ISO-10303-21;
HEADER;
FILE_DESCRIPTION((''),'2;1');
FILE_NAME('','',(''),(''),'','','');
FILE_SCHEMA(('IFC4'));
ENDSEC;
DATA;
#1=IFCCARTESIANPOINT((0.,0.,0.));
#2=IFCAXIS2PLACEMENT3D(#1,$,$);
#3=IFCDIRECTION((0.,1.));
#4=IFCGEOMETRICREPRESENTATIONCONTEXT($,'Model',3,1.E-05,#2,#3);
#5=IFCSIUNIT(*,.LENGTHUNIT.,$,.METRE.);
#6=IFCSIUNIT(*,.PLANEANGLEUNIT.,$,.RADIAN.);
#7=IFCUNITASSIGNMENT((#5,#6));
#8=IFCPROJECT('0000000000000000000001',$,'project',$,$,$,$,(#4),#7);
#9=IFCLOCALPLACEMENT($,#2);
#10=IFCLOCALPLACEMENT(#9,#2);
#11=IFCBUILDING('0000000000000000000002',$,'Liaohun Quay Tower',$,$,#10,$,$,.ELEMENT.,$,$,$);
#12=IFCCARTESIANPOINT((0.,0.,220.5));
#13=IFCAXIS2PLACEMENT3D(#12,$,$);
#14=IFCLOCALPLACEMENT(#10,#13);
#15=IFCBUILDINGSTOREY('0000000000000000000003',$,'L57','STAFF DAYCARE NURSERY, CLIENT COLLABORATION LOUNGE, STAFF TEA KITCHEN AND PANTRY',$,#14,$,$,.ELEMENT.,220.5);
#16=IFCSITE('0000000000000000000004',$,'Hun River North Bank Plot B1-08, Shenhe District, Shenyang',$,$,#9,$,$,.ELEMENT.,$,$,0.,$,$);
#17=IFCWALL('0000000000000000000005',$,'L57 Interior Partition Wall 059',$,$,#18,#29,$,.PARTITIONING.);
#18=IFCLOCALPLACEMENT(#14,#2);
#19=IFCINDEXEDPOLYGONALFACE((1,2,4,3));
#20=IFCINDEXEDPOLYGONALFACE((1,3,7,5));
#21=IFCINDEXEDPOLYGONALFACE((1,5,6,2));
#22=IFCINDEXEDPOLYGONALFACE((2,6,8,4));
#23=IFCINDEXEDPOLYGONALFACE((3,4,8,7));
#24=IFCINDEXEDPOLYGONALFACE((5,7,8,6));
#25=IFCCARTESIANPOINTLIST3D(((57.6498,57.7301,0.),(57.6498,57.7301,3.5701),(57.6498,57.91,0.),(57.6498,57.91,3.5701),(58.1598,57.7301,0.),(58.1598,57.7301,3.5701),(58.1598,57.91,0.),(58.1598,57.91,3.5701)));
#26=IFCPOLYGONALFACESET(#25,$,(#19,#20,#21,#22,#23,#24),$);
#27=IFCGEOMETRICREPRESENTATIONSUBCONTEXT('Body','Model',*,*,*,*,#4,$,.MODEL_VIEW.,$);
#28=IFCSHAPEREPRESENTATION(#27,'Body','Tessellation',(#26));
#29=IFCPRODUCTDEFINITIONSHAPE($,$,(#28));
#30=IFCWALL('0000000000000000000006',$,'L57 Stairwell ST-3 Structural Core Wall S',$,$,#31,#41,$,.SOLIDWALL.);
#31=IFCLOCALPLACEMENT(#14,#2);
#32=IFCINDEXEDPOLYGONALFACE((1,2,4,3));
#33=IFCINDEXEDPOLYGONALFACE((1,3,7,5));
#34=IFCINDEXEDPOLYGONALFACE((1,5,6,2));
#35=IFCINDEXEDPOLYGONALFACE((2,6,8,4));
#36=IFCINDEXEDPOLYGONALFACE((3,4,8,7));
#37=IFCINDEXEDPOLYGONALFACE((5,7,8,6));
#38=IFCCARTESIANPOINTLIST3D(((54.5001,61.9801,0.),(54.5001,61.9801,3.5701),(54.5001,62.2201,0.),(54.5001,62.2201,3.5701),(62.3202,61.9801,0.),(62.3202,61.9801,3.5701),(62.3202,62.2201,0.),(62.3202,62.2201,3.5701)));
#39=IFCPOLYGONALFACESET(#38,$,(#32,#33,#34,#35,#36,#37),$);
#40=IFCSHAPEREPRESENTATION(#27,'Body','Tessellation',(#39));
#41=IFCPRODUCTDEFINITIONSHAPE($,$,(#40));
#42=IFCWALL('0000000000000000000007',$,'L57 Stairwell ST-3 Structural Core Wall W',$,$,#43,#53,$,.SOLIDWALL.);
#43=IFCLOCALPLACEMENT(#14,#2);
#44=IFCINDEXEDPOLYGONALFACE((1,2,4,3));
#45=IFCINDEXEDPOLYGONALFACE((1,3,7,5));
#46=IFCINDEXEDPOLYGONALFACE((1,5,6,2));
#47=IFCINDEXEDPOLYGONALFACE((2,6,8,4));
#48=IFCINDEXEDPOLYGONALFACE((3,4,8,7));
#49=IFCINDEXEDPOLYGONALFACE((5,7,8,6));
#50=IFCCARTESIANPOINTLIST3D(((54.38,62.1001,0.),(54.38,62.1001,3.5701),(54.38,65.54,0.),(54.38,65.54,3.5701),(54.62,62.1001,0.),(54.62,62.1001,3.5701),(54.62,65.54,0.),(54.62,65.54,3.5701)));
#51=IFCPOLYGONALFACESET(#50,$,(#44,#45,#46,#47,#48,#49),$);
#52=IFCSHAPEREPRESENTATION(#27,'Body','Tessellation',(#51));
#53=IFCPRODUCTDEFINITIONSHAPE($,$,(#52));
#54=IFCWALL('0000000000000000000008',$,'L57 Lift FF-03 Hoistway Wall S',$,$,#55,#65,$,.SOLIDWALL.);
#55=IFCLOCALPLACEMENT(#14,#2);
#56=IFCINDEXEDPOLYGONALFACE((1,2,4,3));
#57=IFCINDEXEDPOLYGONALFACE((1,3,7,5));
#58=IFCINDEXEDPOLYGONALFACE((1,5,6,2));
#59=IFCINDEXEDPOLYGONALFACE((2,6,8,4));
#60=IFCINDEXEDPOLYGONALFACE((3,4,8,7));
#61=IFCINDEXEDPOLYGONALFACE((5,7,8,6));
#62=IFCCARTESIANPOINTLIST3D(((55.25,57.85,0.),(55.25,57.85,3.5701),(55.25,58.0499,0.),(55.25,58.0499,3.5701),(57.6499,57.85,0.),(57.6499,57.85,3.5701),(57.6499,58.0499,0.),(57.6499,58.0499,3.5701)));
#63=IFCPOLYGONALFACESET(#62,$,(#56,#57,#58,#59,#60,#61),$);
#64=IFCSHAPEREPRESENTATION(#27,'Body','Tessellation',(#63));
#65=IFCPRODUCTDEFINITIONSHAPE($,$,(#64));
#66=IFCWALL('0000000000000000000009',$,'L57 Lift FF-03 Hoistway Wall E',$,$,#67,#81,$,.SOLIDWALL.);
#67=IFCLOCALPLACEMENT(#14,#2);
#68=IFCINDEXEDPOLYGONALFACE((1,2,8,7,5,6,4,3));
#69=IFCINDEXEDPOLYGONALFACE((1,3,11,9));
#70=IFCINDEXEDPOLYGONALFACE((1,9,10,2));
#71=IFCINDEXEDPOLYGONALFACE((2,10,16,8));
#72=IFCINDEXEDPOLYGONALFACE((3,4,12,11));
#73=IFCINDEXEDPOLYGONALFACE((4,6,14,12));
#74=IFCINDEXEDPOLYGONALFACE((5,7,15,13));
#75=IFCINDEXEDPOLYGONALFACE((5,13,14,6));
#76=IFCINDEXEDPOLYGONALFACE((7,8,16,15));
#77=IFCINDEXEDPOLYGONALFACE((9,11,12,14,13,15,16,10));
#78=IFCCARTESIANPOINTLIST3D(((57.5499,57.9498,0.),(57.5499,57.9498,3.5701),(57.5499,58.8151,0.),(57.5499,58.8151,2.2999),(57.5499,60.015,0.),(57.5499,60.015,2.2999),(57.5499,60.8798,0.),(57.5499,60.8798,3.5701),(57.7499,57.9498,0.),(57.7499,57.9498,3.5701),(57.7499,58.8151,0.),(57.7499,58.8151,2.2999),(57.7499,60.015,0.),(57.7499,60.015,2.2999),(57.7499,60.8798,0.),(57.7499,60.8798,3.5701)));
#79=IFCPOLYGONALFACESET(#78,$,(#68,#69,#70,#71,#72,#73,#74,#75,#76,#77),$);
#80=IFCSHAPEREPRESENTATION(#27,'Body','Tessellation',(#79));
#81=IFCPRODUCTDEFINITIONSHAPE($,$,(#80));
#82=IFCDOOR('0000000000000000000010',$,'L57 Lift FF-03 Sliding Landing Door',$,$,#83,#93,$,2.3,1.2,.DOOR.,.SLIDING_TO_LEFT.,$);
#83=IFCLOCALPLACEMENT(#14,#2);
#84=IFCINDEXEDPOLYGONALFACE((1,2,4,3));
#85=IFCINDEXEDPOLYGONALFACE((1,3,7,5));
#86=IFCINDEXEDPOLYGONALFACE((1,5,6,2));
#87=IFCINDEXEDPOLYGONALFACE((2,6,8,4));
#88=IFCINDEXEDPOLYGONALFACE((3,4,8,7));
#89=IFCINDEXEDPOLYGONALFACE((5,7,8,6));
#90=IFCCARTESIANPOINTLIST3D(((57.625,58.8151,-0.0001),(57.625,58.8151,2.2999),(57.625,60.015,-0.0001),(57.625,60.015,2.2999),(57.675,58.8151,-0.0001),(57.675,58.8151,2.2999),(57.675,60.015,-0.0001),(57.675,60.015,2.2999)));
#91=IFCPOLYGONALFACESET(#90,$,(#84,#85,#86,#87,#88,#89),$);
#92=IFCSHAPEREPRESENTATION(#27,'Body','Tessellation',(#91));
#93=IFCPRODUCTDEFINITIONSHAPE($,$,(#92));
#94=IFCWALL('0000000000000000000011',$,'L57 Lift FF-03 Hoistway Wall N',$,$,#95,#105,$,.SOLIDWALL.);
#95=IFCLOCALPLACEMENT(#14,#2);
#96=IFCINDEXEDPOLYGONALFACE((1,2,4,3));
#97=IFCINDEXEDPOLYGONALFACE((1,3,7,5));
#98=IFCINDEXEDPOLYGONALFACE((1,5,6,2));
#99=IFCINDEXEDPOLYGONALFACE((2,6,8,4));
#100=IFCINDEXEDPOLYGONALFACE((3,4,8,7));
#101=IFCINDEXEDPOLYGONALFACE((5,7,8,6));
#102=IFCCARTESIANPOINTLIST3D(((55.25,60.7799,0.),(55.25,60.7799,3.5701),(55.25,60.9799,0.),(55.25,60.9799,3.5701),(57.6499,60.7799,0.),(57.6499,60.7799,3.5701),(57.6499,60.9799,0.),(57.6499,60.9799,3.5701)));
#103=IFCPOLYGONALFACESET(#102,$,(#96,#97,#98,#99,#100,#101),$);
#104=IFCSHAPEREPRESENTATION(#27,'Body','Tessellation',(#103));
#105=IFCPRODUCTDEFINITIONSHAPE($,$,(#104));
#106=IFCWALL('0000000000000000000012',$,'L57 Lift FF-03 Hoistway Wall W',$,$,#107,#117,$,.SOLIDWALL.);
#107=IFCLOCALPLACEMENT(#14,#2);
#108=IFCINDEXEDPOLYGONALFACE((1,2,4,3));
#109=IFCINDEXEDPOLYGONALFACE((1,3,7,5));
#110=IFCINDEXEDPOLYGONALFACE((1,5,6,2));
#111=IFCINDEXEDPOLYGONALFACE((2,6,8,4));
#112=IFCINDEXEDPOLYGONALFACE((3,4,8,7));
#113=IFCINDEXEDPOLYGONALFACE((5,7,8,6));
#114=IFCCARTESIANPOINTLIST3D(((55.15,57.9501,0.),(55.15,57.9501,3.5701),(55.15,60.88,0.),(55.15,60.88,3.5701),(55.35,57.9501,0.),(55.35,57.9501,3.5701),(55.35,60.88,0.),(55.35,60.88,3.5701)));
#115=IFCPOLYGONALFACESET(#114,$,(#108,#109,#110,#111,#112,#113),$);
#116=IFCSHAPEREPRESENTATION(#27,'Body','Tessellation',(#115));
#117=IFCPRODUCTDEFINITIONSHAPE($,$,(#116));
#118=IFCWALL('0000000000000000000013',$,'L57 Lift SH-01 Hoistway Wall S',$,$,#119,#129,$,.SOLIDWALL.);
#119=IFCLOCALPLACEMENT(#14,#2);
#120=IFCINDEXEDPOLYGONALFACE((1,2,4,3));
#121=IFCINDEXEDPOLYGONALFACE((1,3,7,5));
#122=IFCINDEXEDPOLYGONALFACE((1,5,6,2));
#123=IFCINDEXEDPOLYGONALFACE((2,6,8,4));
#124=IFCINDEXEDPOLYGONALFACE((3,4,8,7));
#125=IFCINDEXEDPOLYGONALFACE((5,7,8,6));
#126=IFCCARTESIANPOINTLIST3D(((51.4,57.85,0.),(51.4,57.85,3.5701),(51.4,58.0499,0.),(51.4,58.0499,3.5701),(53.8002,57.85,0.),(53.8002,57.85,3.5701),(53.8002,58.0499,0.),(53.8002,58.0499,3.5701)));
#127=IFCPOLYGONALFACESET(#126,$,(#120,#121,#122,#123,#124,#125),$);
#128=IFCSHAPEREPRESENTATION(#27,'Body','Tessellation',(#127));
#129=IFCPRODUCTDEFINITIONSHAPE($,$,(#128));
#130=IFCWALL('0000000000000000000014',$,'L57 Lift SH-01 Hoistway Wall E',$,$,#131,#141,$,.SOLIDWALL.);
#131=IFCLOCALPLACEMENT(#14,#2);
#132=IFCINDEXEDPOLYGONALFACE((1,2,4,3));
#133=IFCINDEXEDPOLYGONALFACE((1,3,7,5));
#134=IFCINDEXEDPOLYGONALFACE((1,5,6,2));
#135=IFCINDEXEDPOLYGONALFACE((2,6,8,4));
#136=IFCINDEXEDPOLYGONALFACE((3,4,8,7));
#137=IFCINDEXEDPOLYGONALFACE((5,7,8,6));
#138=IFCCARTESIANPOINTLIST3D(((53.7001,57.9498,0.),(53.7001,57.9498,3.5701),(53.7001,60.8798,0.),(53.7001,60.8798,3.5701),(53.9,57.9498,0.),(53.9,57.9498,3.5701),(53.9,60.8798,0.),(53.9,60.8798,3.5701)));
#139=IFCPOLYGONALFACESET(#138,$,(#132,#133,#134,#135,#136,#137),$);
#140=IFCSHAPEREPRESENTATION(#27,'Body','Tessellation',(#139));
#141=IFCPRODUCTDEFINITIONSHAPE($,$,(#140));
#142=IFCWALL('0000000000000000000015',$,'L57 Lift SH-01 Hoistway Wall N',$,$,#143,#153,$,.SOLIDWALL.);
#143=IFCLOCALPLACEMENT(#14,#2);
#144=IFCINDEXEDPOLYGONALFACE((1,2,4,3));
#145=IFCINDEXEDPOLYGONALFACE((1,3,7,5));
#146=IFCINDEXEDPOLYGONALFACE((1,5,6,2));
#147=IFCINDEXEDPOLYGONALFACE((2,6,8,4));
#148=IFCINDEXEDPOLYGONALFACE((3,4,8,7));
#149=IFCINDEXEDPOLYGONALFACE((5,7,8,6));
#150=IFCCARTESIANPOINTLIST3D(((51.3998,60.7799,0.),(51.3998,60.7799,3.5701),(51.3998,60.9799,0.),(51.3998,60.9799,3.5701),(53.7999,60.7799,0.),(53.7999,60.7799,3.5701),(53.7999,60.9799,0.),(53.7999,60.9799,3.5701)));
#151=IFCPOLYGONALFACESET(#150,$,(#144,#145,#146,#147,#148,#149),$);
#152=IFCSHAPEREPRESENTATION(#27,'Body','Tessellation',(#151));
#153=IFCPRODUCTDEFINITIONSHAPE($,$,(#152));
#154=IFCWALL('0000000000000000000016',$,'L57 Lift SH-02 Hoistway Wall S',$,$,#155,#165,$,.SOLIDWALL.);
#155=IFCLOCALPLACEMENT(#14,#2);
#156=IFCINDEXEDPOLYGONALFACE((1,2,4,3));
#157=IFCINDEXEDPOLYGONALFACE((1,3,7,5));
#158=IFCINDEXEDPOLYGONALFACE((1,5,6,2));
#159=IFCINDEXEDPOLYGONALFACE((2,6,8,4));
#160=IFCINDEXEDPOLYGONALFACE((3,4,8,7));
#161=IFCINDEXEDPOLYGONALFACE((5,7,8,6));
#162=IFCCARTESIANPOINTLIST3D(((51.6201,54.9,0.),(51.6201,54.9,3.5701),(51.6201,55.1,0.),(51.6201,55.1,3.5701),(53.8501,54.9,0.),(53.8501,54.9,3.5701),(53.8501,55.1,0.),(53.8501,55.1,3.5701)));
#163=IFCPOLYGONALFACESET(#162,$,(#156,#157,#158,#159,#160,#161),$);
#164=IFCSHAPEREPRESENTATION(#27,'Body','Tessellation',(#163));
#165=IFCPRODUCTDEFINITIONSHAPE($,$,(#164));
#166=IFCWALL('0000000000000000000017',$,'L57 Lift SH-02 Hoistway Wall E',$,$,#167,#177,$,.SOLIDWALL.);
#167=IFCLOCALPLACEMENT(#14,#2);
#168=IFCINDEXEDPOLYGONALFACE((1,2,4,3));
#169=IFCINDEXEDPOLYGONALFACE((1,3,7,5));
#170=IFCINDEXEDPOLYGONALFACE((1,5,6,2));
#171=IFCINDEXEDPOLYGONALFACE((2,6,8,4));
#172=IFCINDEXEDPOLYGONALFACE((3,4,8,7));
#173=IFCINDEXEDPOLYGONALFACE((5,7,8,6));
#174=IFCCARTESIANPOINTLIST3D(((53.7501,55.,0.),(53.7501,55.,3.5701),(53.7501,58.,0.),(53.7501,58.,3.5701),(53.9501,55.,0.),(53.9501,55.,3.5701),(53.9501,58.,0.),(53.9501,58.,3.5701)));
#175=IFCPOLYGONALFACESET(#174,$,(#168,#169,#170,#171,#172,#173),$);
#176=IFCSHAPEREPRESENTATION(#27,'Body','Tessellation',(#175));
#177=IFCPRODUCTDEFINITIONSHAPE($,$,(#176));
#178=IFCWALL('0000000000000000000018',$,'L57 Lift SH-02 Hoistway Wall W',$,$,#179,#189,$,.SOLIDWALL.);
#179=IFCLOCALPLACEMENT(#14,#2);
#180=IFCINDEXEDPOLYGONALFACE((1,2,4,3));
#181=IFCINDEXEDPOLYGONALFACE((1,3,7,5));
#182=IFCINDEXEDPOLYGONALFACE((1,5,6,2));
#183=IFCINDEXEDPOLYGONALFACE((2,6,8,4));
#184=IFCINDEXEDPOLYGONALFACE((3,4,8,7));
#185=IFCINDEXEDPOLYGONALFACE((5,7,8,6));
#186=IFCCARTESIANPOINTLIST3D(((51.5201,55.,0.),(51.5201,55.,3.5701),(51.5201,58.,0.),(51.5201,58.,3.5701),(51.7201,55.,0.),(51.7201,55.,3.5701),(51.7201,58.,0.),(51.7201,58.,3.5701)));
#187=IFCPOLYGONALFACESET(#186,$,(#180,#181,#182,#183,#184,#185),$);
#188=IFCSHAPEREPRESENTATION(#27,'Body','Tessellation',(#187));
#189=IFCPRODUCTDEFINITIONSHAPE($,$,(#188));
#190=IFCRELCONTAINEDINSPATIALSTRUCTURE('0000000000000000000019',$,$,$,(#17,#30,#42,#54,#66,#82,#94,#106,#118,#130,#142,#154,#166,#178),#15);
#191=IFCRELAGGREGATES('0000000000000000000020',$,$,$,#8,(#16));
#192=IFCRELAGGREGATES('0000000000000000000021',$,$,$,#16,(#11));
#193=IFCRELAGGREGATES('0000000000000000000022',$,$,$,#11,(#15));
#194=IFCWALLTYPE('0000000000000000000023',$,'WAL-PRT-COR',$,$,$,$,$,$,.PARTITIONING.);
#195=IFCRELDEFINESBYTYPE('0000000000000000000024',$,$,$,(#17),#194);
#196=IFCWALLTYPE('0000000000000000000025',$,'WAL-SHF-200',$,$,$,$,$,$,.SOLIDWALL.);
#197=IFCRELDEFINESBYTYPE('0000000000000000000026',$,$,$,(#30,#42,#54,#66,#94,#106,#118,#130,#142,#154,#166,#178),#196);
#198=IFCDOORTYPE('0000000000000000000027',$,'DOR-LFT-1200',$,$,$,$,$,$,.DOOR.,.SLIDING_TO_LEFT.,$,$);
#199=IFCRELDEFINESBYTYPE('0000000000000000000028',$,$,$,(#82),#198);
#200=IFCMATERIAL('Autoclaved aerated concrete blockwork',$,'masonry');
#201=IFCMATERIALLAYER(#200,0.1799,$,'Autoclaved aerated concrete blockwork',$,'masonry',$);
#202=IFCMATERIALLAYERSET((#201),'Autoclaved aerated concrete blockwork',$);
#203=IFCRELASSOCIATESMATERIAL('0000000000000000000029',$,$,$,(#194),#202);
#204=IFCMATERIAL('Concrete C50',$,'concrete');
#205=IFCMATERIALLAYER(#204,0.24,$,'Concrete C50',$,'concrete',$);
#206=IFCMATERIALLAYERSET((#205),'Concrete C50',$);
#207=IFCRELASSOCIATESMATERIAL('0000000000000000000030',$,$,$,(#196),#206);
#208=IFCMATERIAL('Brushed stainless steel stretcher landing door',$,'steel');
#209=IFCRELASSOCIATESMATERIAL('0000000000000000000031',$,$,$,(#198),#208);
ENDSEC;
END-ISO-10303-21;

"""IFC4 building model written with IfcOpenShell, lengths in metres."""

from ifc_helpers import new_model, si_unit, direction, frame, frame_2d, origin, place, context, subcontext, project, spatial, rectangle, extrude, source, transform, mapped, material, layer, layer_set, type_object, element, fill, save


model = new_model("IFC4")

# Units and contexts
model_context = context("Model", 3, precision=1e-05, world=origin(), true_north=direction((0.0, 1.0)))
body_context = subcontext(model_context, "Body", "Model", "MODEL_VIEW")
ifc_project = project(units=[si_unit("LENGTHUNIT", "METRE"), si_unit("PLANEANGLEUNIT", "RADIAN")], contexts=[model_context])

# Site, building, storey
site_placement = place(None, origin())
site = spatial("IfcSite", under=ifc_project, at=site_placement, Name="Hun River North Bank Plot B1-08, Shenhe District, Shenyang", CompositionType="ELEMENT", RefElevation=0.0)
building_placement = place(site_placement, origin())
building = spatial("IfcBuilding", under=site, at=building_placement, Name="Liaohun Quay Tower", CompositionType="ELEMENT")
storey_placement = place(building_placement, frame((0.0, 0.0, 220.5)))
storey = spatial("IfcBuildingStorey", under=building, at=storey_placement, Name="L57", Description="STAFF DAYCARE NURSERY, CLIENT COLLABORATION LOUNGE, STAFF TEA KITCHEN AND PANTRY", CompositionType="ELEMENT", Elevation=220.5)

# Shared definitions
ifc_material_1 = material(Name="Autoclaved aerated concrete blockwork", Category="masonry")
ifc_layer_1 = layer(ifc_material_1, 0.1799, Name="Autoclaved aerated concrete blockwork", Category="masonry")
ifc_layer_set_1 = layer_set([ifc_layer_1], Name="Autoclaved aerated concrete blockwork")
wall_type_1 = type_object("IfcWallType", Name="WAL-PRT-COR", PredefinedType="PARTITIONING", material=ifc_layer_set_1)

# Walls
wall_1_placement = place(storey_placement, frame((57.6499, 57.8201, 0.0), z_axis=(0.0, 0.0, 1.0), x_axis=(1.0, 0.0, 0.0)))
element("IfcWall", 1, at=wall_1_placement, inside=storey, type_object=wall_type_1, Name="L57 Interior Partition Wall 059", PredefinedType="PARTITIONING", context=body_context, shape_type="SweptSolid", body=[
    extrude(rectangle(XDim=0.51, YDim=0.1799, at=frame_2d((0.2549, 0.0))), origin(), (0.0, 0.0, 1.0), 3.5701),
])
ifc_material_2 = material(Name="Concrete C50", Category="concrete")
ifc_layer_2 = layer(ifc_material_2, 0.24, Name="Concrete C50", Category="concrete")
ifc_layer_set_2 = layer_set([ifc_layer_2], Name="Concrete C50")
wall_type_2 = type_object("IfcWallType", Name="WAL-SHF-200", PredefinedType="SOLIDWALL", material=ifc_layer_set_2)
wall_2_placement = place(storey_placement, frame((54.5, 62.1001, 0.0), z_axis=(0.0, 0.0, 1.0), x_axis=(1.0, 0.0, 0.0)))
element("IfcWall", 2, at=wall_2_placement, inside=storey, type_object=wall_type_2, Name="L57 Stairwell ST-3 Structural Core Wall S", PredefinedType="SOLIDWALL", context=body_context, shape_type="SweptSolid", body=[
    extrude(rectangle(XDim=7.8201, YDim=0.24, at=frame_2d((3.9102, 0.0))), origin(), (0.0, 0.0, 1.0), 3.5701),
])
wall_3_placement = place(storey_placement, frame((54.5, 65.54, 0.0), z_axis=(0.0, 0.0, 1.0), x_axis=(0.0, -1.0, 0.0)))
element("IfcWall", 3, at=wall_3_placement, inside=storey, type_object=wall_type_2, Name="L57 Stairwell ST-3 Structural Core Wall W", PredefinedType="SOLIDWALL", context=body_context, shape_type="SweptSolid", body=[
    extrude(rectangle(XDim=3.4399, YDim=0.24, at=frame_2d((1.72, 0.0))), origin(), (0.0, 0.0, 1.0), 3.5701),
])
wall_4_placement = place(storey_placement, frame((55.25, 57.95, 0.0), z_axis=(0.0, 0.0, 1.0), x_axis=(1.0, 0.0, 0.0)))
element("IfcWall", 4, at=wall_4_placement, inside=storey, type_object=wall_type_2, Name="L57 Lift FF-03 Hoistway Wall S", PredefinedType="SOLIDWALL", context=body_context, shape_type="SweptSolid", body=[
    extrude(rectangle(XDim=2.3999, YDim=0.2, at=frame_2d((1.2, 0.0))), origin(), (0.0, 0.0, 1.0), 3.5701),
])

# Wall, opening, door
wall_5_placement = place(storey_placement, frame((57.6499, 57.95, 0.0), z_axis=(0.0, 0.0, 1.0), x_axis=(0.0, 1.0, 0.0)))
wall_5 = element("IfcWall", 5, at=wall_5_placement, inside=storey, type_object=wall_type_2, Name="L57 Lift FF-03 Hoistway Wall E", PredefinedType="SOLIDWALL", context=body_context, shape_type="SweptSolid", body=[
    extrude(rectangle(XDim=2.9299, YDim=0.2, at=frame_2d((1.4648, 0.0))), origin(), (0.0, 0.0, 1.0), 3.5701),
])
shared_shape_1 = source(origin(), body_context, "Body", "SweptSolid", [
    extrude(rectangle(XDim=1.2, YDim=2.3, at=frame_2d((0.6001, 1.1499))), frame((0.0, 0.1099, 0.0), z_axis=(0.0, -1.0, 0.0), x_axis=(1.0, 0.0, 0.0)), (0.0, 0.0, 1.0), 0.22),
])
opening_1_placement = place(wall_5_placement, frame((0.865, 0.0, 0.0)))
opening_1 = element("IfcOpeningElement", 6, at=opening_1_placement, cuts=wall_5, PredefinedType="OPENING", context=body_context, shape_type="MappedRepresentation", body=[
    mapped(shared_shape_1, transform((0.0, 0.0, 0.0), x_axis=(1.0, 0.0, 0.0), y_axis=(0.0, 1.0, 0.0), z_axis=(0.0, 0.0, 1.0), scale=1.0)),
])
ifc_material_3 = material(Name="Brushed stainless steel stretcher landing door", Category="steel")
door_type_1 = type_object("IfcDoorType", Name="DOR-LFT-1200", OperationType="SLIDING_TO_LEFT", PredefinedType="DOOR", material=ifc_material_3)
shared_shape_2 = source(origin(), body_context, "Body", "SweptSolid", [
    extrude(rectangle(XDim=1.2, YDim=2.3, at=frame_2d((0.6001, 1.1499))), frame((0.0, 0.0249, 0.0), z_axis=(0.0, -1.0, 0.0), x_axis=(1.0, 0.0, 0.0)), (0.0, 0.0, 1.0), 0.05),
])
door_1_placement = place(opening_1_placement, origin())
door_1 = element("IfcDoor", 7, at=door_1_placement, inside=storey, type_object=door_type_1, Name="L57 Lift FF-03 Sliding Landing Door", OperationType="SLIDING_TO_LEFT", OverallHeight=2.3, OverallWidth=1.2, PredefinedType="DOOR", context=body_context, shape_type="MappedRepresentation", body=[
    mapped(shared_shape_2, transform((0.0, 0.0, 0.0), x_axis=(1.0, 0.0, 0.0), y_axis=(0.0, 1.0, 0.0), z_axis=(0.0, 0.0, 1.0), scale=1.0)),
])
fill(opening_1, door_1)

# Walls
wall_6_placement = place(storey_placement, frame((57.6499, 60.8799, 0.0), z_axis=(0.0, 0.0, 1.0), x_axis=(-1.0, 0.0, 0.0)))
element("IfcWall", 8, at=wall_6_placement, inside=storey, type_object=wall_type_2, Name="L57 Lift FF-03 Hoistway Wall N", PredefinedType="SOLIDWALL", context=body_context, shape_type="SweptSolid", body=[
    extrude(rectangle(XDim=2.3999, YDim=0.2, at=frame_2d((1.2, 0.0))), origin(), (0.0, 0.0, 1.0), 3.5701),
])
wall_7_placement = place(storey_placement, frame((55.25, 60.8799, 0.0), z_axis=(0.0, 0.0, 1.0), x_axis=(0.0, -1.0, 0.0)))
element("IfcWall", 9, at=wall_7_placement, inside=storey, type_object=wall_type_2, Name="L57 Lift FF-03 Hoistway Wall W", PredefinedType="SOLIDWALL", context=body_context, shape_type="SweptSolid", body=[
    extrude(rectangle(XDim=2.9299, YDim=0.2, at=frame_2d((1.4648, 0.0))), origin(), (0.0, 0.0, 1.0), 3.5701),
])
wall_8_placement = place(storey_placement, frame((51.3999, 57.95, 0.0), z_axis=(0.0, 0.0, 1.0), x_axis=(1.0, 0.0, 0.0)))
element("IfcWall", 10, at=wall_8_placement, inside=storey, type_object=wall_type_2, Name="L57 Lift SH-01 Hoistway Wall S", PredefinedType="SOLIDWALL", context=body_context, shape_type="SweptSolid", body=[
    extrude(rectangle(XDim=2.4001, YDim=0.2, at=frame_2d((1.2002, 0.0))), origin(), (0.0, 0.0, 1.0), 3.5701),
])
wall_9_placement = place(storey_placement, frame((53.8, 57.95, 0.0), z_axis=(0.0, 0.0, 1.0), x_axis=(0.0, 1.0, 0.0)))
element("IfcWall", 11, at=wall_9_placement, inside=storey, type_object=wall_type_2, Name="L57 Lift SH-01 Hoistway Wall E", PredefinedType="SOLIDWALL", context=body_context, shape_type="SweptSolid", body=[
    extrude(rectangle(XDim=2.9299, YDim=0.2, at=frame_2d((1.4648, 0.0))), origin(), (0.0, 0.0, 1.0), 3.5701),
])
wall_10_placement = place(storey_placement, frame((53.8, 60.8799, 0.0), z_axis=(0.0, 0.0, 1.0), x_axis=(-1.0, 0.0, 0.0)))
element("IfcWall", 12, at=wall_10_placement, inside=storey, type_object=wall_type_2, Name="L57 Lift SH-01 Hoistway Wall N", PredefinedType="SOLIDWALL", context=body_context, shape_type="SweptSolid", body=[
    extrude(rectangle(XDim=2.4001, YDim=0.2, at=frame_2d((1.2002, 0.0))), origin(), (0.0, 0.0, 1.0), 3.5701),
])
wall_11_placement = place(storey_placement, frame((51.6201, 55.0, 0.0), z_axis=(0.0, 0.0, 1.0), x_axis=(1.0, 0.0, 0.0)))
element("IfcWall", 13, at=wall_11_placement, inside=storey, type_object=wall_type_2, Name="L57 Lift SH-02 Hoistway Wall S", PredefinedType="SOLIDWALL", context=body_context, shape_type="SweptSolid", body=[
    extrude(rectangle(XDim=2.23, YDim=0.2, at=frame_2d((1.115, 0.0))), origin(), (0.0, 0.0, 1.0), 3.5701),
])
for number, where, z_axis, x_axis, name in (
    (14, (53.8501, 55.0, 0.0), (0.0, 0.0, 1.0), (0.0, 1.0, 0.0), "L57 Lift SH-02 Hoistway Wall E"),
    (15, (51.6201, 58.0, 0.0), (0.0, 0.0, 1.0), (0.0, -1.0, 0.0), "L57 Lift SH-02 Hoistway Wall W"),
):
    element("IfcWall", number, at=place(storey_placement, frame(where, z_axis=z_axis, x_axis=x_axis)), inside=storey, type_object=wall_type_2, Name=name, PredefinedType="SOLIDWALL", context=body_context, shape_type="SweptSolid", body=[
        extrude(rectangle(XDim=3.0, YDim=0.2, at=frame_2d((1.5, 0.0))), origin(), (0.0, 0.0, 1.0), 3.5701),
    ])

save(model, "model.ifc")
